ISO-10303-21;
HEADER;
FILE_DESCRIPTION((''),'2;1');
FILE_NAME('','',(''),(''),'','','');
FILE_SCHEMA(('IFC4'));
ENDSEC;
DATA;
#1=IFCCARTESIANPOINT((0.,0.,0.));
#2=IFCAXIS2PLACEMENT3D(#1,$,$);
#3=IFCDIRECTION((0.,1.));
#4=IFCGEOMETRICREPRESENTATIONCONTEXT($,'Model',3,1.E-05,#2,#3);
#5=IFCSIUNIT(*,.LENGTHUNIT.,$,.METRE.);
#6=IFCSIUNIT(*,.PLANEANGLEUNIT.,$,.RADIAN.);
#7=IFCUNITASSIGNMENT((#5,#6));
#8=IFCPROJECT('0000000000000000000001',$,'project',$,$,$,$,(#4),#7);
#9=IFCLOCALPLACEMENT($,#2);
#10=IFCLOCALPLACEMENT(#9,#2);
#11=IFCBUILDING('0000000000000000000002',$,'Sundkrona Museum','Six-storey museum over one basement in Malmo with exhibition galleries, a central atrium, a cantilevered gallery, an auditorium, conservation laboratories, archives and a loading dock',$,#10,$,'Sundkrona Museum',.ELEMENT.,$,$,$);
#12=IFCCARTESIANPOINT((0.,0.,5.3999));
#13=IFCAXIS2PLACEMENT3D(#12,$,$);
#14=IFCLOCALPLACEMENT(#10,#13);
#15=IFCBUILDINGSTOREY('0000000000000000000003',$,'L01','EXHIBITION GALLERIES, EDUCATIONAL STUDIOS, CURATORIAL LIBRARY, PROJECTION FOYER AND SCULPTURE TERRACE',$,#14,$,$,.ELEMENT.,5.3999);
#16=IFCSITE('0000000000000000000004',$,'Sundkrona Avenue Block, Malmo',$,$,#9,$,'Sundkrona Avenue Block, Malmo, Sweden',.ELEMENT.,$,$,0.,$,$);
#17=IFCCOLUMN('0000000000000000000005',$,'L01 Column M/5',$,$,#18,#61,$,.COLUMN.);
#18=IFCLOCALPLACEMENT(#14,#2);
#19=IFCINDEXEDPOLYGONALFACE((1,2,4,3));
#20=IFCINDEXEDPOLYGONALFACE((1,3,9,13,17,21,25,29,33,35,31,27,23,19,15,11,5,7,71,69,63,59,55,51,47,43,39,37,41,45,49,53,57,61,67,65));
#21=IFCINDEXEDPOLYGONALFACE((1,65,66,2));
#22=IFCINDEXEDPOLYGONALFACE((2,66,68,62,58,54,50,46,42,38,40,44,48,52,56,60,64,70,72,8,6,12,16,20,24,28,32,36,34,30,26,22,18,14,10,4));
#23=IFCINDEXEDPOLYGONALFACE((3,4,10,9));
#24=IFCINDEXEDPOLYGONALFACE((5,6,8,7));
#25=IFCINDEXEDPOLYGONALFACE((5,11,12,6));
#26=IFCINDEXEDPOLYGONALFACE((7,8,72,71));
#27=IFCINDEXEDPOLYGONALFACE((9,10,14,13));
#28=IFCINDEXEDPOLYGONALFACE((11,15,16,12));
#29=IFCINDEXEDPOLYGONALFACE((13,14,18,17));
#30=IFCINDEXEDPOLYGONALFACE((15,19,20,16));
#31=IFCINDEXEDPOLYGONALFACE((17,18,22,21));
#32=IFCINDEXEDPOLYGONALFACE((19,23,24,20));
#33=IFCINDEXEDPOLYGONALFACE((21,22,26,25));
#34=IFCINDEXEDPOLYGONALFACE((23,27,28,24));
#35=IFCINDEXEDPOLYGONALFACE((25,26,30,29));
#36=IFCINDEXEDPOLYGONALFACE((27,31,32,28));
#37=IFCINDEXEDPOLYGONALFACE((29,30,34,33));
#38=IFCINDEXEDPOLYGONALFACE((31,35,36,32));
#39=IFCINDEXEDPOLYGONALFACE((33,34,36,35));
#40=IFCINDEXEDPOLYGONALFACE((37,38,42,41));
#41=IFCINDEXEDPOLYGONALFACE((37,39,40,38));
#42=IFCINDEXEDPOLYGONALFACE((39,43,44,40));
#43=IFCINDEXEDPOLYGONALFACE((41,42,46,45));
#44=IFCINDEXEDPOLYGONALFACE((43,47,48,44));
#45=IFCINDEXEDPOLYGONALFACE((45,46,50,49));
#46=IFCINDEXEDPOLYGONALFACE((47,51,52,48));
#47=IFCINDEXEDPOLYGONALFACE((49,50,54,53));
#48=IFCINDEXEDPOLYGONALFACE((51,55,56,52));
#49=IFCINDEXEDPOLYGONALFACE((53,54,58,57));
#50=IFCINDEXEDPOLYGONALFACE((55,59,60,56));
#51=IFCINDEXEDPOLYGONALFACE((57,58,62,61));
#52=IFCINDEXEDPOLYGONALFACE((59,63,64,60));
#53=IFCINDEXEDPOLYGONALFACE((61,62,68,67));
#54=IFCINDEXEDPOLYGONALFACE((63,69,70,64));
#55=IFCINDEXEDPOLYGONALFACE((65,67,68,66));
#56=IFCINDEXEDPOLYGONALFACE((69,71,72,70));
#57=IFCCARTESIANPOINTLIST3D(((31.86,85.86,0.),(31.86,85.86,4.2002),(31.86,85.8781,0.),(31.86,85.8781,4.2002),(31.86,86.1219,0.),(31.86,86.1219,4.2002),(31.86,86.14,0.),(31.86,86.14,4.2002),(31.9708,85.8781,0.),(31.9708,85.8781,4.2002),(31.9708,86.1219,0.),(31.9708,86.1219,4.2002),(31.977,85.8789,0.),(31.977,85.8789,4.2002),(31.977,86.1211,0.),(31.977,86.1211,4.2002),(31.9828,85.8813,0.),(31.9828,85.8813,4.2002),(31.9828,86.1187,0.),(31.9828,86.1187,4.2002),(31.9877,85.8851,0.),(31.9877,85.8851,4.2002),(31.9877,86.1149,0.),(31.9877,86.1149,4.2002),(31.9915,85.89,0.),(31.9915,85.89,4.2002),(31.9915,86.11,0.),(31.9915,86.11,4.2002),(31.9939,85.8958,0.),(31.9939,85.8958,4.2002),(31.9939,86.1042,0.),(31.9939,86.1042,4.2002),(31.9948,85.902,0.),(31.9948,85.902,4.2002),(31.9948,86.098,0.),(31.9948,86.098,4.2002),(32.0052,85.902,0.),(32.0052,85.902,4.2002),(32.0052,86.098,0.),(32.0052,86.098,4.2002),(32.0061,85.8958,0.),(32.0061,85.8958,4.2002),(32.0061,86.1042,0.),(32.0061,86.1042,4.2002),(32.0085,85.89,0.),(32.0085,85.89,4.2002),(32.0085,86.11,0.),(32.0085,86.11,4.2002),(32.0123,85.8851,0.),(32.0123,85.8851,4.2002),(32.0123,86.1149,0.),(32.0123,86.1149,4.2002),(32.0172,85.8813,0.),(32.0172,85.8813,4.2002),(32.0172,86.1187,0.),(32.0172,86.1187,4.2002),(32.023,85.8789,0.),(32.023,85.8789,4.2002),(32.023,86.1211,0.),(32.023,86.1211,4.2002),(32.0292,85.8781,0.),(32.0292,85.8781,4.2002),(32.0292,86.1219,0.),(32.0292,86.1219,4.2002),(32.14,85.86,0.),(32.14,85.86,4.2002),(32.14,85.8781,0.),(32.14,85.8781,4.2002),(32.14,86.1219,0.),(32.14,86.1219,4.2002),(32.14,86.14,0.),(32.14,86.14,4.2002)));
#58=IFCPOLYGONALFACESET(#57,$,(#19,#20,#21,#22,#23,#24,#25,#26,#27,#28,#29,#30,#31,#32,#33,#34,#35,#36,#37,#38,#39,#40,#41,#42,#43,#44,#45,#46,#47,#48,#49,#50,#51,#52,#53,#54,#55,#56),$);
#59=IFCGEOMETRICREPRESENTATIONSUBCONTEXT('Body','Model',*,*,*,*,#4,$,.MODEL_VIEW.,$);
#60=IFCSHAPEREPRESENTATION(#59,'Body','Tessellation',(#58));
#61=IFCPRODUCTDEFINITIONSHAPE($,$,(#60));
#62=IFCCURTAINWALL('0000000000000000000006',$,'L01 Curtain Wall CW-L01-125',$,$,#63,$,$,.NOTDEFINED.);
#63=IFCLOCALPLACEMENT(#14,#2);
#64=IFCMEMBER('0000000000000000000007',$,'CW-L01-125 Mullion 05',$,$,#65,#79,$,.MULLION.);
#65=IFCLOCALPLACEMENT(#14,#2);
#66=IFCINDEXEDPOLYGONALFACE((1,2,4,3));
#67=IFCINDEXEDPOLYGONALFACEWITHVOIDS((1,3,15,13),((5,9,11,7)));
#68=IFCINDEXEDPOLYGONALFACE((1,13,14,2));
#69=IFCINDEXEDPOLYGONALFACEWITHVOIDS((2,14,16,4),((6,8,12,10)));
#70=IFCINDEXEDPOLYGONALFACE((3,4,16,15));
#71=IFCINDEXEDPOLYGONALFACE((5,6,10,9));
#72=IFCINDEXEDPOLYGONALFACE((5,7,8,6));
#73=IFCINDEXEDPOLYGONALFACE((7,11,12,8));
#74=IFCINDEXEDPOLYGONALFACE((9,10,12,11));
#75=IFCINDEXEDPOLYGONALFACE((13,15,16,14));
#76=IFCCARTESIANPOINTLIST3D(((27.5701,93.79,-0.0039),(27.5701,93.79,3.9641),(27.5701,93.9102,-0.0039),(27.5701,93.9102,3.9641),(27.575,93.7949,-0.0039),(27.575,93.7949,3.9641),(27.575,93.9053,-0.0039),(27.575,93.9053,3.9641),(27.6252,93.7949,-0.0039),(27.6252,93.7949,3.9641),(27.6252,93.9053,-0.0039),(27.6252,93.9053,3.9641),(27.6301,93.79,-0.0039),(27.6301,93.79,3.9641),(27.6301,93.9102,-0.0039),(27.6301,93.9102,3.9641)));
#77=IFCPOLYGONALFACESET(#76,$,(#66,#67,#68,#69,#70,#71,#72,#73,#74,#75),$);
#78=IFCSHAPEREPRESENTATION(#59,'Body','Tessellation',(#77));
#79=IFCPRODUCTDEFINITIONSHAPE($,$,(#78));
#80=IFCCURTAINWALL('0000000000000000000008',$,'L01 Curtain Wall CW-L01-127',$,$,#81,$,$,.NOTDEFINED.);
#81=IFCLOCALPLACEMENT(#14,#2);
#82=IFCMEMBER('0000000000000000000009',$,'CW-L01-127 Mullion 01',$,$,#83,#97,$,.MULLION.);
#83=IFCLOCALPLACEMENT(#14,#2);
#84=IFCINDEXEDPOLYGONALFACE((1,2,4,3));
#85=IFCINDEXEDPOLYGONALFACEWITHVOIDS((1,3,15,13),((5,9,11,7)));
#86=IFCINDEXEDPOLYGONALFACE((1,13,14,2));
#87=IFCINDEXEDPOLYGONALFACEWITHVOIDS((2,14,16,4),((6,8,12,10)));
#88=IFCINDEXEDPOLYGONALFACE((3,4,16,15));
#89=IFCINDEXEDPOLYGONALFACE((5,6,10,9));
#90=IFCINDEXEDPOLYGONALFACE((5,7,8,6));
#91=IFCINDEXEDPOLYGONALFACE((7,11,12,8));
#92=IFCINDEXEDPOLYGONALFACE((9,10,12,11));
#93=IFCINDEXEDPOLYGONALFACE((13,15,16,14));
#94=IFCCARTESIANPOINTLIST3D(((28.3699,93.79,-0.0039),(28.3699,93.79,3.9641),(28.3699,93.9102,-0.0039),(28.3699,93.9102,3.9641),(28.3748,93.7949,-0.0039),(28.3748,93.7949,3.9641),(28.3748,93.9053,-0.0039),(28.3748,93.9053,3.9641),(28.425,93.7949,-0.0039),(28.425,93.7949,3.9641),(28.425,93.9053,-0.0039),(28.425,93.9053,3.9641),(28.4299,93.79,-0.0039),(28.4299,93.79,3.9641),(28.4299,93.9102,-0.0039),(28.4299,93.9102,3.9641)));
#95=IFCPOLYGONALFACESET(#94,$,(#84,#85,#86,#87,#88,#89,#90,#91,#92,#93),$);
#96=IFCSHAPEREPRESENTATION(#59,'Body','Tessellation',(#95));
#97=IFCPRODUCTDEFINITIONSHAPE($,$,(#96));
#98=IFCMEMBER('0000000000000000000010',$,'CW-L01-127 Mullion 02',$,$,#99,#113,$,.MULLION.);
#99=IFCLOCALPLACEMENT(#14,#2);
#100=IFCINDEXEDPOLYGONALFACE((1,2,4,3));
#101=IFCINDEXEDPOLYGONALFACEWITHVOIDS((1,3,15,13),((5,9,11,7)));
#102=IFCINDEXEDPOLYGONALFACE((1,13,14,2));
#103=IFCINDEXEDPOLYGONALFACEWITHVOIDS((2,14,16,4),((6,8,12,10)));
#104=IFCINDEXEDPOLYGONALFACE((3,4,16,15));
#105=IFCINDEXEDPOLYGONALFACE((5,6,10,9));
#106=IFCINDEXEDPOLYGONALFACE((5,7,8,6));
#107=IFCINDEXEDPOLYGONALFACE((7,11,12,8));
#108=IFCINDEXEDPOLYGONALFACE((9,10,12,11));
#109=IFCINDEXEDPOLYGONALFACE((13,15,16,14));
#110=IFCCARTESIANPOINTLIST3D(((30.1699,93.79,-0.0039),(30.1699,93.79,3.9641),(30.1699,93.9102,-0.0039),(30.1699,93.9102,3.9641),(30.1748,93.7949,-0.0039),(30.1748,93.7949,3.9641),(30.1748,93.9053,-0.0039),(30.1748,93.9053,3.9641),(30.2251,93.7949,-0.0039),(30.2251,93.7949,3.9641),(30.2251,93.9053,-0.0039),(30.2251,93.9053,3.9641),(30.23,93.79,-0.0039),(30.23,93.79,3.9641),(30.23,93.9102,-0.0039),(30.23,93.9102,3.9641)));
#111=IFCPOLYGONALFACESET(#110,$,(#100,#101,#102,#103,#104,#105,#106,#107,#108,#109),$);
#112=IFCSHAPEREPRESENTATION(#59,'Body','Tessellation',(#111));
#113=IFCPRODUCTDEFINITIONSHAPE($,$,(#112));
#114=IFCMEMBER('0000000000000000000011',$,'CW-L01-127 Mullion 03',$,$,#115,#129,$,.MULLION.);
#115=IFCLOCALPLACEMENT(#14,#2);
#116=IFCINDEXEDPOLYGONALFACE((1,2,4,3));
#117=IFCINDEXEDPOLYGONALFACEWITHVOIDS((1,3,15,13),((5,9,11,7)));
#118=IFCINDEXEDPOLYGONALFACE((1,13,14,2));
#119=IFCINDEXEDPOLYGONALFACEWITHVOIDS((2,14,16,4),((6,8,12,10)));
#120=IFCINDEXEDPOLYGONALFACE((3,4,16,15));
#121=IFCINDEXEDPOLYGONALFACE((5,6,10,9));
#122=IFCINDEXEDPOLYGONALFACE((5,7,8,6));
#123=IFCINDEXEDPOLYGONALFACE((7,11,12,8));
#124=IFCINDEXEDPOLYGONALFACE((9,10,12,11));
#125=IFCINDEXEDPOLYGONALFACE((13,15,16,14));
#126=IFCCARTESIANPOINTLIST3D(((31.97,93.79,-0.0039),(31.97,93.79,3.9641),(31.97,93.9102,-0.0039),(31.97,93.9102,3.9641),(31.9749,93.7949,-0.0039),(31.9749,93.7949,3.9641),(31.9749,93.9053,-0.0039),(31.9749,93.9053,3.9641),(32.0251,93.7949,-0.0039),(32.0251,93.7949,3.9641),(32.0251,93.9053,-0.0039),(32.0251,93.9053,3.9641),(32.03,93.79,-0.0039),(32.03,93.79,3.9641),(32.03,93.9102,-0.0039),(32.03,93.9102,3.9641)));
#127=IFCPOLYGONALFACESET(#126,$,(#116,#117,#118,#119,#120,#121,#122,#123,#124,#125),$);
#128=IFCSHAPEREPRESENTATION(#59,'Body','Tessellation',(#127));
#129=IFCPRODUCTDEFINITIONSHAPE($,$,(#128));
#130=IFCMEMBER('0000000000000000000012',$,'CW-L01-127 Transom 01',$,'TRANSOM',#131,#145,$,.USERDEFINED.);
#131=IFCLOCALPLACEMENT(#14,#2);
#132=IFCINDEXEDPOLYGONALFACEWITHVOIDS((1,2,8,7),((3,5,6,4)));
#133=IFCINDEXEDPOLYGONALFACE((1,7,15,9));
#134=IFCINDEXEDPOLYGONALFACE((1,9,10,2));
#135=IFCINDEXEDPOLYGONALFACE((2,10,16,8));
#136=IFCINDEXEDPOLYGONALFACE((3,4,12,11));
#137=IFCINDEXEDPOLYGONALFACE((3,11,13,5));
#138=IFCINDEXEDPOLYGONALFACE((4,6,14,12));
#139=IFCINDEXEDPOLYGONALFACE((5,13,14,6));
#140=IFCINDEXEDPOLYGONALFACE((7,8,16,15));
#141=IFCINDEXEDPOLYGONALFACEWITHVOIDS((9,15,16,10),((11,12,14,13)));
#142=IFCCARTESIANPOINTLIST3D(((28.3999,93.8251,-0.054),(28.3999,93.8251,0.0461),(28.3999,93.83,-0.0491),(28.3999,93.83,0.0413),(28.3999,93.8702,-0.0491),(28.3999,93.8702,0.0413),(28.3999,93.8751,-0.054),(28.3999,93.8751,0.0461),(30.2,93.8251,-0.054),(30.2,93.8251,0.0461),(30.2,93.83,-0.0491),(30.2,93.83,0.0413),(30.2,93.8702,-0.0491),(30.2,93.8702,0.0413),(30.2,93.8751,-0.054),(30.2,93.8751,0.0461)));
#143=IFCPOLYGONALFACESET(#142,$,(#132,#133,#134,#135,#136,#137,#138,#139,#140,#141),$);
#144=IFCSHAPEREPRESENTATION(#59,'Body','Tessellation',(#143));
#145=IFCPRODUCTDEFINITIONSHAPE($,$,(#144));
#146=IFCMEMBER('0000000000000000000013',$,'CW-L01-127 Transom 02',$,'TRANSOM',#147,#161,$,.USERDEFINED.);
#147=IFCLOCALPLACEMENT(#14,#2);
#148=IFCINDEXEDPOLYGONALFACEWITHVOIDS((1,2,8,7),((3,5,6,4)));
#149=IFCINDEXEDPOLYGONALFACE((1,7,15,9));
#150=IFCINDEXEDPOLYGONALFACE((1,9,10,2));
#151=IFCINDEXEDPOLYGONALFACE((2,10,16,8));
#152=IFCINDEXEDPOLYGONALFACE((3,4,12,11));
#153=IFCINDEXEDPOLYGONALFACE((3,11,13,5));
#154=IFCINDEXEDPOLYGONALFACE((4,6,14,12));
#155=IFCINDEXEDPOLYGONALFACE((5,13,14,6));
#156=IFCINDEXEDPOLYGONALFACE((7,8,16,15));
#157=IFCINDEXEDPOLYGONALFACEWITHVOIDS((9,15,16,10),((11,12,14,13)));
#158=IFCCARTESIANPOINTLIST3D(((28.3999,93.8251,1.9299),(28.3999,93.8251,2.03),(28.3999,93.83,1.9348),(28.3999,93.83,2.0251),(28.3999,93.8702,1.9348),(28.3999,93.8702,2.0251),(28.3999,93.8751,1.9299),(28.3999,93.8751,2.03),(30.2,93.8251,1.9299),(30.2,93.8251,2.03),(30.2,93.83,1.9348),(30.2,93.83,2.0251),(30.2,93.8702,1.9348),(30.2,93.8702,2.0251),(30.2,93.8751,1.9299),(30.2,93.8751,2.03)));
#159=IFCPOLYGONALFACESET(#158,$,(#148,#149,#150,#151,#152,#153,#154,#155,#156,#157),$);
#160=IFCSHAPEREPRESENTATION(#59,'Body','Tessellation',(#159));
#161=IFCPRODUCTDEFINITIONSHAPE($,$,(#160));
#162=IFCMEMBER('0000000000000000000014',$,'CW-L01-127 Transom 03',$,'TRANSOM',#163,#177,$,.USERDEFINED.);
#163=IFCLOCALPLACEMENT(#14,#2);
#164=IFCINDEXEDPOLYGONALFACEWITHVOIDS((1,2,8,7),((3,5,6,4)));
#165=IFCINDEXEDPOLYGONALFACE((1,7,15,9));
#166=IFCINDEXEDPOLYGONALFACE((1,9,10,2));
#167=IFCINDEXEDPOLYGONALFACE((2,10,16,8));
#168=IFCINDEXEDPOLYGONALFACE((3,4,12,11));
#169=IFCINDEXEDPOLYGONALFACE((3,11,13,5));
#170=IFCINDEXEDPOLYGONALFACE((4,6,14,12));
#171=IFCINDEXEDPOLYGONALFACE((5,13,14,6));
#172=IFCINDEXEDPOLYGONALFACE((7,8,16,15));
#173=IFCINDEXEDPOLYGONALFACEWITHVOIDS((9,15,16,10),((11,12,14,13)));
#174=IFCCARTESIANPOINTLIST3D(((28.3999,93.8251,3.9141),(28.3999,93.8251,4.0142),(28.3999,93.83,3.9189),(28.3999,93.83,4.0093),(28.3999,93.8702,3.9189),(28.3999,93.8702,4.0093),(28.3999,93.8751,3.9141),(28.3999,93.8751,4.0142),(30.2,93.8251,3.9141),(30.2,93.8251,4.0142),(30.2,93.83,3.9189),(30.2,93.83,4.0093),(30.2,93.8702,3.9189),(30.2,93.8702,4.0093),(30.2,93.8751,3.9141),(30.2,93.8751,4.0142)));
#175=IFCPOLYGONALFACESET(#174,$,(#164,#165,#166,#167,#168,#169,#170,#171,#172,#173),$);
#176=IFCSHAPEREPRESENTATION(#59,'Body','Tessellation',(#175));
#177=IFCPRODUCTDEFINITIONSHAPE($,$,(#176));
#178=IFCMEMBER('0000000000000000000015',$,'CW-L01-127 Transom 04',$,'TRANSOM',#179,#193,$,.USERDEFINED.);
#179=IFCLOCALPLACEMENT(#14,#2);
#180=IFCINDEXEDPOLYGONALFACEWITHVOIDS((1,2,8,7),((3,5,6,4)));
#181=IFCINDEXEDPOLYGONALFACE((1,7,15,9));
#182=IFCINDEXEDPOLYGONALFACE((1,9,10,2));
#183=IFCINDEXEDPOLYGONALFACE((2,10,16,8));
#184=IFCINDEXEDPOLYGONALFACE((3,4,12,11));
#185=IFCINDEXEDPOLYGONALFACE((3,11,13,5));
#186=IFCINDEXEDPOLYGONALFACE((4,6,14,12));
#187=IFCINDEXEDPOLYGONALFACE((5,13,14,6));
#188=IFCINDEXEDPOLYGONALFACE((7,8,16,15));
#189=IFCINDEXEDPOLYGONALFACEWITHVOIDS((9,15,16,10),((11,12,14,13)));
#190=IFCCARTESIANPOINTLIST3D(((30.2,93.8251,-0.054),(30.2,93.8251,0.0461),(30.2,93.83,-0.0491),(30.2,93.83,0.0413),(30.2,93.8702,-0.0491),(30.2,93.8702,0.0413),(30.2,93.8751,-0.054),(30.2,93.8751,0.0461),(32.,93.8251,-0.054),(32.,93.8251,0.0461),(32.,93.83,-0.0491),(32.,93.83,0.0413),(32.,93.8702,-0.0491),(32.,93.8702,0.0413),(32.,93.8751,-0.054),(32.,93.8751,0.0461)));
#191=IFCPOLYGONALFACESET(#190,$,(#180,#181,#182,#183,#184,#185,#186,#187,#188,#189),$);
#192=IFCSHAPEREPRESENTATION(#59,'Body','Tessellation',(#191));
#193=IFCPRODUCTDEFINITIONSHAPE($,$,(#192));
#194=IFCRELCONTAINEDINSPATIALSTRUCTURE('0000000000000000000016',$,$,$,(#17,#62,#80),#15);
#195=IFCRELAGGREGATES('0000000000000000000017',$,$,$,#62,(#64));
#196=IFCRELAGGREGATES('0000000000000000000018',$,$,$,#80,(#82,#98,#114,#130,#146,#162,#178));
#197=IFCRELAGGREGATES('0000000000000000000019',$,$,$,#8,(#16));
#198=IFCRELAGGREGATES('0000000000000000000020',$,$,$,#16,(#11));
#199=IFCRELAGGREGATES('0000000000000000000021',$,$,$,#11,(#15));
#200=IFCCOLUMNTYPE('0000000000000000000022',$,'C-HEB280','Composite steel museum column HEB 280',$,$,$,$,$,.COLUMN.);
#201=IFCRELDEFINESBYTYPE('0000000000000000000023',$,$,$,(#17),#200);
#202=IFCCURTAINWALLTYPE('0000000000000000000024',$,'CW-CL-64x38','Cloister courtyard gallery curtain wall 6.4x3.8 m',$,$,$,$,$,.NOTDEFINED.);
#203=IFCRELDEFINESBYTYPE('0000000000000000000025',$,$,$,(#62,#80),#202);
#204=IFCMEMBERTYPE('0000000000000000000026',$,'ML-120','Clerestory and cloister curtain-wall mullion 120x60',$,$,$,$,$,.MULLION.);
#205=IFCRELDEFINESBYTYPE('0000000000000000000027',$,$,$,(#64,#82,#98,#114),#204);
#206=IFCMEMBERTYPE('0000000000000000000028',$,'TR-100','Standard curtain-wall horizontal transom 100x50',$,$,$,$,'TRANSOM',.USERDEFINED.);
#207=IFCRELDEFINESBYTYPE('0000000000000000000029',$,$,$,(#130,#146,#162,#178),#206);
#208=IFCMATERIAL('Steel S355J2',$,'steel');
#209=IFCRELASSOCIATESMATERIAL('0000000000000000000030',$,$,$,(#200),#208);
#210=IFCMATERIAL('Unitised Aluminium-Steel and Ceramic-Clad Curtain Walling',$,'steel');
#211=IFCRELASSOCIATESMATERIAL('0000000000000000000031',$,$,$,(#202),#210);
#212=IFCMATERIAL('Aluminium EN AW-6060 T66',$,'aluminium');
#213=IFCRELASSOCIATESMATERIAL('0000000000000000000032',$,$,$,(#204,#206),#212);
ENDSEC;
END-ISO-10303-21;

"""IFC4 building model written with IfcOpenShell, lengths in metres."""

from ifc_helpers import new_model, si_unit, direction, frame, origin, origin_2d, place, context, subcontext, project, spatial, hollow_rectangle, i_section, extrude, material, material_profile, profile_set, type_object, element, aggregate, save


model = new_model("IFC4")

# Units and contexts
model_context = context("Model", 3, precision=1e-05, world=origin(), true_north=direction((0.0, 1.0)))
body_context = subcontext(model_context, "Body", "Model", "MODEL_VIEW")
ifc_project = project(units=[si_unit("LENGTHUNIT", "METRE"), si_unit("PLANEANGLEUNIT", "RADIAN")], contexts=[model_context])

# Site, building, storey
site_placement = place(None, origin())
site = spatial("IfcSite", under=ifc_project, at=site_placement, Name="Sundkrona Avenue Block, Malmo", LongName="Sundkrona Avenue Block, Malmo, Sweden", CompositionType="ELEMENT", RefElevation=0.0)
building_placement = place(site_placement, origin())
building = spatial("IfcBuilding", under=site, at=building_placement, Name="Sundkrona Museum", Description="Six-storey museum over one basement in Malmo with exhibition galleries, a central atrium, a cantilevered gallery, an auditorium, conservation laboratories, archives and a loading dock", LongName="Sundkrona Museum", CompositionType="ELEMENT")
storey_placement = place(building_placement, frame((0.0, 0.0, 5.3999)))
storey = spatial("IfcBuildingStorey", under=building, at=storey_placement, Name="L01", Description="EXHIBITION GALLERIES, EDUCATIONAL STUDIOS, CURATORIAL LIBRARY, PROJECTION FOYER AND SCULPTURE TERRACE", CompositionType="ELEMENT", Elevation=5.3999)

# Column
ifc_material_1 = material(Name="Steel S355J2", Category="steel")
ifc_material_profile_1 = material_profile(ifc_material_1, i_section(OverallWidth=0.28, OverallDepth=0.28, WebThickness=0.0105, FlangeThickness=0.0181, FilletRadius=0.0239, at=origin_2d()), Name="HEB 280")
ifc_profile_set_1 = profile_set([ifc_material_profile_1], Name="Steel S355J2")
column_type = type_object("IfcColumnType", Name="C-HEB280", Description="Composite steel museum column HEB 280", PredefinedType="COLUMN", material=ifc_profile_set_1)
column_placement = place(storey_placement, frame((32.0, 86.0, 0.0), z_axis=(0.0, 0.0, 1.0), x_axis=(1.0, 0.0, 0.0)))
element("IfcColumn", 1, at=column_placement, inside=storey, type_object=column_type, Name="L01 Column M/5", PredefinedType="COLUMN", context=body_context, shape_type="SweptSolid", body=[
    extrude(i_section(OverallWidth=0.28, OverallDepth=0.28, WebThickness=0.0105, FlangeThickness=0.0181, FilletRadius=0.0239, at=origin_2d()), origin(), (0.0, 0.0, 1.0), 4.2002),
])

# Curtain wall, member
ifc_material_2 = material(Name="Unitised Aluminium-Steel and Ceramic-Clad Curtain Walling", Category="steel")
curtain_wall_type = type_object("IfcCurtainWallType", Name="CW-CL-64x38", Description="Cloister courtyard gallery curtain wall 6.4x3.8 m", PredefinedType="NOTDEFINED", material=ifc_material_2)
curtain_wall_1_placement = place(storey_placement, origin())
curtain_wall_1 = element("IfcCurtainWall", 2, at=curtain_wall_1_placement, inside=storey, type_object=curtain_wall_type, Name="L01 Curtain Wall CW-L01-125", PredefinedType="NOTDEFINED")
ifc_material_3 = material(Name="Aluminium EN AW-6060 T66", Category="aluminium")
ifc_material_profile_2 = material_profile(ifc_material_3, hollow_rectangle(XDim=0.0601, YDim=0.1201, WallThickness=0.0049, at=origin_2d()), Name="RHS 120x60x5.0")
ifc_profile_set_2 = profile_set([ifc_material_profile_2], Name="Aluminium EN AW-6060 T66")
member_type_1 = type_object("IfcMemberType", Name="ML-120", Description="Clerestory and cloister curtain-wall mullion 120x60", PredefinedType="MULLION", material=ifc_profile_set_2)
member_1_placement = place(storey_placement, frame((27.6001, 93.8501, -0.0039), z_axis=(0.0, 0.0, 1.0), x_axis=(1.0, 0.0, 0.0)))
member_1 = element("IfcMember", 3, at=member_1_placement, type_object=member_type_1, Name="CW-L01-125 Mullion 05", PredefinedType="MULLION", context=body_context, shape_type="SweptSolid", body=[
    extrude(hollow_rectangle(XDim=0.0601, YDim=0.1201, WallThickness=0.0049, at=origin_2d()), origin(), (0.0, 0.0, 1.0), 3.968),
])

# Curtain wall, members
curtain_wall_2_placement = place(storey_placement, origin())
curtain_wall_2 = element("IfcCurtainWall", 4, at=curtain_wall_2_placement, inside=storey, type_object=curtain_wall_type, Name="L01 Curtain Wall CW-L01-127", PredefinedType="NOTDEFINED")
member_2_placement = place(storey_placement, frame((28.3999, 93.8501, -0.0039), z_axis=(0.0, 0.0, 1.0), x_axis=(1.0, 0.0, 0.0)))
member_2 = element("IfcMember", 5, at=member_2_placement, type_object=member_type_1, Name="CW-L01-127 Mullion 01", PredefinedType="MULLION", context=body_context, shape_type="SweptSolid", body=[
    extrude(hollow_rectangle(XDim=0.0601, YDim=0.1201, WallThickness=0.0049, at=origin_2d()), origin(), (0.0, 0.0, 1.0), 3.968),
])
member_3_placement = place(storey_placement, frame((30.2, 93.8501, -0.0039), z_axis=(0.0, 0.0, 1.0), x_axis=(1.0, 0.0, 0.0)))
member_3 = element("IfcMember", 6, at=member_3_placement, type_object=member_type_1, Name="CW-L01-127 Mullion 02", PredefinedType="MULLION", context=body_context, shape_type="SweptSolid", body=[
    extrude(hollow_rectangle(XDim=0.0601, YDim=0.1201, WallThickness=0.0049, at=origin_2d()), origin(), (0.0, 0.0, 1.0), 3.968),
])
member_4_placement = place(storey_placement, frame((32.0, 93.8501, -0.0039), z_axis=(0.0, 0.0, 1.0), x_axis=(1.0, 0.0, 0.0)))
member_4 = element("IfcMember", 7, at=member_4_placement, type_object=member_type_1, Name="CW-L01-127 Mullion 03", PredefinedType="MULLION", context=body_context, shape_type="SweptSolid", body=[
    extrude(hollow_rectangle(XDim=0.0601, YDim=0.1201, WallThickness=0.0049, at=origin_2d()), origin(), (0.0, 0.0, 1.0), 3.968),
])
ifc_material_profile_3 = material_profile(ifc_material_3, hollow_rectangle(XDim=0.05, YDim=0.1001, WallThickness=0.0049, at=origin_2d()), Name="RHS 100x50x5.0")
ifc_profile_set_3 = profile_set([ifc_material_profile_3], Name="Aluminium EN AW-6060 T66")
member_type_2 = type_object("IfcMemberType", Name="TR-100", Description="Standard curtain-wall horizontal transom 100x50", ElementType="TRANSOM", PredefinedType="USERDEFINED", material=ifc_profile_set_3)
member_5_placement = place(storey_placement, frame((28.3999, 93.8501, -0.0039), z_axis=(1.0, 0.0, 0.0), x_axis=(0.0, 1.0, 0.0)))
member_5 = element("IfcMember", 8, at=member_5_placement, type_object=member_type_2, Name="CW-L01-127 Transom 01", ObjectType="TRANSOM", PredefinedType="USERDEFINED", context=body_context, shape_type="SweptSolid", body=[
    extrude(hollow_rectangle(XDim=0.05, YDim=0.1001, WallThickness=0.0049, at=origin_2d()), origin(), (0.0, 0.0, 1.0), 1.8),
])
member_6_placement = place(storey_placement, frame((28.3999, 93.8501, 1.98), z_axis=(1.0, 0.0, 0.0), x_axis=(0.0, 1.0, 0.0)))
member_6 = element("IfcMember", 9, at=member_6_placement, type_object=member_type_2, Name="CW-L01-127 Transom 02", ObjectType="TRANSOM", PredefinedType="USERDEFINED", context=body_context, shape_type="SweptSolid", body=[
    extrude(hollow_rectangle(XDim=0.05, YDim=0.1001, WallThickness=0.0049, at=origin_2d()), origin(), (0.0, 0.0, 1.0), 1.8),
])
member_7_placement = place(storey_placement, frame((28.3999, 93.8501, 3.9641), z_axis=(1.0, 0.0, 0.0), x_axis=(0.0, 1.0, 0.0)))
member_7 = element("IfcMember", 10, at=member_7_placement, type_object=member_type_2, Name="CW-L01-127 Transom 03", ObjectType="TRANSOM", PredefinedType="USERDEFINED", context=body_context, shape_type="SweptSolid", body=[
    extrude(hollow_rectangle(XDim=0.05, YDim=0.1001, WallThickness=0.0049, at=origin_2d()), origin(), (0.0, 0.0, 1.0), 1.8),
])
member_8_placement = place(storey_placement, frame((30.2, 93.8501, -0.0039), z_axis=(1.0, 0.0, 0.0), x_axis=(0.0, 1.0, 0.0)))
member_8 = element("IfcMember", 11, at=member_8_placement, type_object=member_type_2, Name="CW-L01-127 Transom 04", ObjectType="TRANSOM", PredefinedType="USERDEFINED", context=body_context, shape_type="SweptSolid", body=[
    extrude(hollow_rectangle(XDim=0.05, YDim=0.1001, WallThickness=0.0049, at=origin_2d()), origin(), (0.0, 0.0, 1.0), 1.8),
])

aggregate(curtain_wall_1, [member_1])
aggregate(curtain_wall_2, [member_2, member_3, member_4, member_5, member_6, member_7, member_8])

save(model, "model.ifc")
